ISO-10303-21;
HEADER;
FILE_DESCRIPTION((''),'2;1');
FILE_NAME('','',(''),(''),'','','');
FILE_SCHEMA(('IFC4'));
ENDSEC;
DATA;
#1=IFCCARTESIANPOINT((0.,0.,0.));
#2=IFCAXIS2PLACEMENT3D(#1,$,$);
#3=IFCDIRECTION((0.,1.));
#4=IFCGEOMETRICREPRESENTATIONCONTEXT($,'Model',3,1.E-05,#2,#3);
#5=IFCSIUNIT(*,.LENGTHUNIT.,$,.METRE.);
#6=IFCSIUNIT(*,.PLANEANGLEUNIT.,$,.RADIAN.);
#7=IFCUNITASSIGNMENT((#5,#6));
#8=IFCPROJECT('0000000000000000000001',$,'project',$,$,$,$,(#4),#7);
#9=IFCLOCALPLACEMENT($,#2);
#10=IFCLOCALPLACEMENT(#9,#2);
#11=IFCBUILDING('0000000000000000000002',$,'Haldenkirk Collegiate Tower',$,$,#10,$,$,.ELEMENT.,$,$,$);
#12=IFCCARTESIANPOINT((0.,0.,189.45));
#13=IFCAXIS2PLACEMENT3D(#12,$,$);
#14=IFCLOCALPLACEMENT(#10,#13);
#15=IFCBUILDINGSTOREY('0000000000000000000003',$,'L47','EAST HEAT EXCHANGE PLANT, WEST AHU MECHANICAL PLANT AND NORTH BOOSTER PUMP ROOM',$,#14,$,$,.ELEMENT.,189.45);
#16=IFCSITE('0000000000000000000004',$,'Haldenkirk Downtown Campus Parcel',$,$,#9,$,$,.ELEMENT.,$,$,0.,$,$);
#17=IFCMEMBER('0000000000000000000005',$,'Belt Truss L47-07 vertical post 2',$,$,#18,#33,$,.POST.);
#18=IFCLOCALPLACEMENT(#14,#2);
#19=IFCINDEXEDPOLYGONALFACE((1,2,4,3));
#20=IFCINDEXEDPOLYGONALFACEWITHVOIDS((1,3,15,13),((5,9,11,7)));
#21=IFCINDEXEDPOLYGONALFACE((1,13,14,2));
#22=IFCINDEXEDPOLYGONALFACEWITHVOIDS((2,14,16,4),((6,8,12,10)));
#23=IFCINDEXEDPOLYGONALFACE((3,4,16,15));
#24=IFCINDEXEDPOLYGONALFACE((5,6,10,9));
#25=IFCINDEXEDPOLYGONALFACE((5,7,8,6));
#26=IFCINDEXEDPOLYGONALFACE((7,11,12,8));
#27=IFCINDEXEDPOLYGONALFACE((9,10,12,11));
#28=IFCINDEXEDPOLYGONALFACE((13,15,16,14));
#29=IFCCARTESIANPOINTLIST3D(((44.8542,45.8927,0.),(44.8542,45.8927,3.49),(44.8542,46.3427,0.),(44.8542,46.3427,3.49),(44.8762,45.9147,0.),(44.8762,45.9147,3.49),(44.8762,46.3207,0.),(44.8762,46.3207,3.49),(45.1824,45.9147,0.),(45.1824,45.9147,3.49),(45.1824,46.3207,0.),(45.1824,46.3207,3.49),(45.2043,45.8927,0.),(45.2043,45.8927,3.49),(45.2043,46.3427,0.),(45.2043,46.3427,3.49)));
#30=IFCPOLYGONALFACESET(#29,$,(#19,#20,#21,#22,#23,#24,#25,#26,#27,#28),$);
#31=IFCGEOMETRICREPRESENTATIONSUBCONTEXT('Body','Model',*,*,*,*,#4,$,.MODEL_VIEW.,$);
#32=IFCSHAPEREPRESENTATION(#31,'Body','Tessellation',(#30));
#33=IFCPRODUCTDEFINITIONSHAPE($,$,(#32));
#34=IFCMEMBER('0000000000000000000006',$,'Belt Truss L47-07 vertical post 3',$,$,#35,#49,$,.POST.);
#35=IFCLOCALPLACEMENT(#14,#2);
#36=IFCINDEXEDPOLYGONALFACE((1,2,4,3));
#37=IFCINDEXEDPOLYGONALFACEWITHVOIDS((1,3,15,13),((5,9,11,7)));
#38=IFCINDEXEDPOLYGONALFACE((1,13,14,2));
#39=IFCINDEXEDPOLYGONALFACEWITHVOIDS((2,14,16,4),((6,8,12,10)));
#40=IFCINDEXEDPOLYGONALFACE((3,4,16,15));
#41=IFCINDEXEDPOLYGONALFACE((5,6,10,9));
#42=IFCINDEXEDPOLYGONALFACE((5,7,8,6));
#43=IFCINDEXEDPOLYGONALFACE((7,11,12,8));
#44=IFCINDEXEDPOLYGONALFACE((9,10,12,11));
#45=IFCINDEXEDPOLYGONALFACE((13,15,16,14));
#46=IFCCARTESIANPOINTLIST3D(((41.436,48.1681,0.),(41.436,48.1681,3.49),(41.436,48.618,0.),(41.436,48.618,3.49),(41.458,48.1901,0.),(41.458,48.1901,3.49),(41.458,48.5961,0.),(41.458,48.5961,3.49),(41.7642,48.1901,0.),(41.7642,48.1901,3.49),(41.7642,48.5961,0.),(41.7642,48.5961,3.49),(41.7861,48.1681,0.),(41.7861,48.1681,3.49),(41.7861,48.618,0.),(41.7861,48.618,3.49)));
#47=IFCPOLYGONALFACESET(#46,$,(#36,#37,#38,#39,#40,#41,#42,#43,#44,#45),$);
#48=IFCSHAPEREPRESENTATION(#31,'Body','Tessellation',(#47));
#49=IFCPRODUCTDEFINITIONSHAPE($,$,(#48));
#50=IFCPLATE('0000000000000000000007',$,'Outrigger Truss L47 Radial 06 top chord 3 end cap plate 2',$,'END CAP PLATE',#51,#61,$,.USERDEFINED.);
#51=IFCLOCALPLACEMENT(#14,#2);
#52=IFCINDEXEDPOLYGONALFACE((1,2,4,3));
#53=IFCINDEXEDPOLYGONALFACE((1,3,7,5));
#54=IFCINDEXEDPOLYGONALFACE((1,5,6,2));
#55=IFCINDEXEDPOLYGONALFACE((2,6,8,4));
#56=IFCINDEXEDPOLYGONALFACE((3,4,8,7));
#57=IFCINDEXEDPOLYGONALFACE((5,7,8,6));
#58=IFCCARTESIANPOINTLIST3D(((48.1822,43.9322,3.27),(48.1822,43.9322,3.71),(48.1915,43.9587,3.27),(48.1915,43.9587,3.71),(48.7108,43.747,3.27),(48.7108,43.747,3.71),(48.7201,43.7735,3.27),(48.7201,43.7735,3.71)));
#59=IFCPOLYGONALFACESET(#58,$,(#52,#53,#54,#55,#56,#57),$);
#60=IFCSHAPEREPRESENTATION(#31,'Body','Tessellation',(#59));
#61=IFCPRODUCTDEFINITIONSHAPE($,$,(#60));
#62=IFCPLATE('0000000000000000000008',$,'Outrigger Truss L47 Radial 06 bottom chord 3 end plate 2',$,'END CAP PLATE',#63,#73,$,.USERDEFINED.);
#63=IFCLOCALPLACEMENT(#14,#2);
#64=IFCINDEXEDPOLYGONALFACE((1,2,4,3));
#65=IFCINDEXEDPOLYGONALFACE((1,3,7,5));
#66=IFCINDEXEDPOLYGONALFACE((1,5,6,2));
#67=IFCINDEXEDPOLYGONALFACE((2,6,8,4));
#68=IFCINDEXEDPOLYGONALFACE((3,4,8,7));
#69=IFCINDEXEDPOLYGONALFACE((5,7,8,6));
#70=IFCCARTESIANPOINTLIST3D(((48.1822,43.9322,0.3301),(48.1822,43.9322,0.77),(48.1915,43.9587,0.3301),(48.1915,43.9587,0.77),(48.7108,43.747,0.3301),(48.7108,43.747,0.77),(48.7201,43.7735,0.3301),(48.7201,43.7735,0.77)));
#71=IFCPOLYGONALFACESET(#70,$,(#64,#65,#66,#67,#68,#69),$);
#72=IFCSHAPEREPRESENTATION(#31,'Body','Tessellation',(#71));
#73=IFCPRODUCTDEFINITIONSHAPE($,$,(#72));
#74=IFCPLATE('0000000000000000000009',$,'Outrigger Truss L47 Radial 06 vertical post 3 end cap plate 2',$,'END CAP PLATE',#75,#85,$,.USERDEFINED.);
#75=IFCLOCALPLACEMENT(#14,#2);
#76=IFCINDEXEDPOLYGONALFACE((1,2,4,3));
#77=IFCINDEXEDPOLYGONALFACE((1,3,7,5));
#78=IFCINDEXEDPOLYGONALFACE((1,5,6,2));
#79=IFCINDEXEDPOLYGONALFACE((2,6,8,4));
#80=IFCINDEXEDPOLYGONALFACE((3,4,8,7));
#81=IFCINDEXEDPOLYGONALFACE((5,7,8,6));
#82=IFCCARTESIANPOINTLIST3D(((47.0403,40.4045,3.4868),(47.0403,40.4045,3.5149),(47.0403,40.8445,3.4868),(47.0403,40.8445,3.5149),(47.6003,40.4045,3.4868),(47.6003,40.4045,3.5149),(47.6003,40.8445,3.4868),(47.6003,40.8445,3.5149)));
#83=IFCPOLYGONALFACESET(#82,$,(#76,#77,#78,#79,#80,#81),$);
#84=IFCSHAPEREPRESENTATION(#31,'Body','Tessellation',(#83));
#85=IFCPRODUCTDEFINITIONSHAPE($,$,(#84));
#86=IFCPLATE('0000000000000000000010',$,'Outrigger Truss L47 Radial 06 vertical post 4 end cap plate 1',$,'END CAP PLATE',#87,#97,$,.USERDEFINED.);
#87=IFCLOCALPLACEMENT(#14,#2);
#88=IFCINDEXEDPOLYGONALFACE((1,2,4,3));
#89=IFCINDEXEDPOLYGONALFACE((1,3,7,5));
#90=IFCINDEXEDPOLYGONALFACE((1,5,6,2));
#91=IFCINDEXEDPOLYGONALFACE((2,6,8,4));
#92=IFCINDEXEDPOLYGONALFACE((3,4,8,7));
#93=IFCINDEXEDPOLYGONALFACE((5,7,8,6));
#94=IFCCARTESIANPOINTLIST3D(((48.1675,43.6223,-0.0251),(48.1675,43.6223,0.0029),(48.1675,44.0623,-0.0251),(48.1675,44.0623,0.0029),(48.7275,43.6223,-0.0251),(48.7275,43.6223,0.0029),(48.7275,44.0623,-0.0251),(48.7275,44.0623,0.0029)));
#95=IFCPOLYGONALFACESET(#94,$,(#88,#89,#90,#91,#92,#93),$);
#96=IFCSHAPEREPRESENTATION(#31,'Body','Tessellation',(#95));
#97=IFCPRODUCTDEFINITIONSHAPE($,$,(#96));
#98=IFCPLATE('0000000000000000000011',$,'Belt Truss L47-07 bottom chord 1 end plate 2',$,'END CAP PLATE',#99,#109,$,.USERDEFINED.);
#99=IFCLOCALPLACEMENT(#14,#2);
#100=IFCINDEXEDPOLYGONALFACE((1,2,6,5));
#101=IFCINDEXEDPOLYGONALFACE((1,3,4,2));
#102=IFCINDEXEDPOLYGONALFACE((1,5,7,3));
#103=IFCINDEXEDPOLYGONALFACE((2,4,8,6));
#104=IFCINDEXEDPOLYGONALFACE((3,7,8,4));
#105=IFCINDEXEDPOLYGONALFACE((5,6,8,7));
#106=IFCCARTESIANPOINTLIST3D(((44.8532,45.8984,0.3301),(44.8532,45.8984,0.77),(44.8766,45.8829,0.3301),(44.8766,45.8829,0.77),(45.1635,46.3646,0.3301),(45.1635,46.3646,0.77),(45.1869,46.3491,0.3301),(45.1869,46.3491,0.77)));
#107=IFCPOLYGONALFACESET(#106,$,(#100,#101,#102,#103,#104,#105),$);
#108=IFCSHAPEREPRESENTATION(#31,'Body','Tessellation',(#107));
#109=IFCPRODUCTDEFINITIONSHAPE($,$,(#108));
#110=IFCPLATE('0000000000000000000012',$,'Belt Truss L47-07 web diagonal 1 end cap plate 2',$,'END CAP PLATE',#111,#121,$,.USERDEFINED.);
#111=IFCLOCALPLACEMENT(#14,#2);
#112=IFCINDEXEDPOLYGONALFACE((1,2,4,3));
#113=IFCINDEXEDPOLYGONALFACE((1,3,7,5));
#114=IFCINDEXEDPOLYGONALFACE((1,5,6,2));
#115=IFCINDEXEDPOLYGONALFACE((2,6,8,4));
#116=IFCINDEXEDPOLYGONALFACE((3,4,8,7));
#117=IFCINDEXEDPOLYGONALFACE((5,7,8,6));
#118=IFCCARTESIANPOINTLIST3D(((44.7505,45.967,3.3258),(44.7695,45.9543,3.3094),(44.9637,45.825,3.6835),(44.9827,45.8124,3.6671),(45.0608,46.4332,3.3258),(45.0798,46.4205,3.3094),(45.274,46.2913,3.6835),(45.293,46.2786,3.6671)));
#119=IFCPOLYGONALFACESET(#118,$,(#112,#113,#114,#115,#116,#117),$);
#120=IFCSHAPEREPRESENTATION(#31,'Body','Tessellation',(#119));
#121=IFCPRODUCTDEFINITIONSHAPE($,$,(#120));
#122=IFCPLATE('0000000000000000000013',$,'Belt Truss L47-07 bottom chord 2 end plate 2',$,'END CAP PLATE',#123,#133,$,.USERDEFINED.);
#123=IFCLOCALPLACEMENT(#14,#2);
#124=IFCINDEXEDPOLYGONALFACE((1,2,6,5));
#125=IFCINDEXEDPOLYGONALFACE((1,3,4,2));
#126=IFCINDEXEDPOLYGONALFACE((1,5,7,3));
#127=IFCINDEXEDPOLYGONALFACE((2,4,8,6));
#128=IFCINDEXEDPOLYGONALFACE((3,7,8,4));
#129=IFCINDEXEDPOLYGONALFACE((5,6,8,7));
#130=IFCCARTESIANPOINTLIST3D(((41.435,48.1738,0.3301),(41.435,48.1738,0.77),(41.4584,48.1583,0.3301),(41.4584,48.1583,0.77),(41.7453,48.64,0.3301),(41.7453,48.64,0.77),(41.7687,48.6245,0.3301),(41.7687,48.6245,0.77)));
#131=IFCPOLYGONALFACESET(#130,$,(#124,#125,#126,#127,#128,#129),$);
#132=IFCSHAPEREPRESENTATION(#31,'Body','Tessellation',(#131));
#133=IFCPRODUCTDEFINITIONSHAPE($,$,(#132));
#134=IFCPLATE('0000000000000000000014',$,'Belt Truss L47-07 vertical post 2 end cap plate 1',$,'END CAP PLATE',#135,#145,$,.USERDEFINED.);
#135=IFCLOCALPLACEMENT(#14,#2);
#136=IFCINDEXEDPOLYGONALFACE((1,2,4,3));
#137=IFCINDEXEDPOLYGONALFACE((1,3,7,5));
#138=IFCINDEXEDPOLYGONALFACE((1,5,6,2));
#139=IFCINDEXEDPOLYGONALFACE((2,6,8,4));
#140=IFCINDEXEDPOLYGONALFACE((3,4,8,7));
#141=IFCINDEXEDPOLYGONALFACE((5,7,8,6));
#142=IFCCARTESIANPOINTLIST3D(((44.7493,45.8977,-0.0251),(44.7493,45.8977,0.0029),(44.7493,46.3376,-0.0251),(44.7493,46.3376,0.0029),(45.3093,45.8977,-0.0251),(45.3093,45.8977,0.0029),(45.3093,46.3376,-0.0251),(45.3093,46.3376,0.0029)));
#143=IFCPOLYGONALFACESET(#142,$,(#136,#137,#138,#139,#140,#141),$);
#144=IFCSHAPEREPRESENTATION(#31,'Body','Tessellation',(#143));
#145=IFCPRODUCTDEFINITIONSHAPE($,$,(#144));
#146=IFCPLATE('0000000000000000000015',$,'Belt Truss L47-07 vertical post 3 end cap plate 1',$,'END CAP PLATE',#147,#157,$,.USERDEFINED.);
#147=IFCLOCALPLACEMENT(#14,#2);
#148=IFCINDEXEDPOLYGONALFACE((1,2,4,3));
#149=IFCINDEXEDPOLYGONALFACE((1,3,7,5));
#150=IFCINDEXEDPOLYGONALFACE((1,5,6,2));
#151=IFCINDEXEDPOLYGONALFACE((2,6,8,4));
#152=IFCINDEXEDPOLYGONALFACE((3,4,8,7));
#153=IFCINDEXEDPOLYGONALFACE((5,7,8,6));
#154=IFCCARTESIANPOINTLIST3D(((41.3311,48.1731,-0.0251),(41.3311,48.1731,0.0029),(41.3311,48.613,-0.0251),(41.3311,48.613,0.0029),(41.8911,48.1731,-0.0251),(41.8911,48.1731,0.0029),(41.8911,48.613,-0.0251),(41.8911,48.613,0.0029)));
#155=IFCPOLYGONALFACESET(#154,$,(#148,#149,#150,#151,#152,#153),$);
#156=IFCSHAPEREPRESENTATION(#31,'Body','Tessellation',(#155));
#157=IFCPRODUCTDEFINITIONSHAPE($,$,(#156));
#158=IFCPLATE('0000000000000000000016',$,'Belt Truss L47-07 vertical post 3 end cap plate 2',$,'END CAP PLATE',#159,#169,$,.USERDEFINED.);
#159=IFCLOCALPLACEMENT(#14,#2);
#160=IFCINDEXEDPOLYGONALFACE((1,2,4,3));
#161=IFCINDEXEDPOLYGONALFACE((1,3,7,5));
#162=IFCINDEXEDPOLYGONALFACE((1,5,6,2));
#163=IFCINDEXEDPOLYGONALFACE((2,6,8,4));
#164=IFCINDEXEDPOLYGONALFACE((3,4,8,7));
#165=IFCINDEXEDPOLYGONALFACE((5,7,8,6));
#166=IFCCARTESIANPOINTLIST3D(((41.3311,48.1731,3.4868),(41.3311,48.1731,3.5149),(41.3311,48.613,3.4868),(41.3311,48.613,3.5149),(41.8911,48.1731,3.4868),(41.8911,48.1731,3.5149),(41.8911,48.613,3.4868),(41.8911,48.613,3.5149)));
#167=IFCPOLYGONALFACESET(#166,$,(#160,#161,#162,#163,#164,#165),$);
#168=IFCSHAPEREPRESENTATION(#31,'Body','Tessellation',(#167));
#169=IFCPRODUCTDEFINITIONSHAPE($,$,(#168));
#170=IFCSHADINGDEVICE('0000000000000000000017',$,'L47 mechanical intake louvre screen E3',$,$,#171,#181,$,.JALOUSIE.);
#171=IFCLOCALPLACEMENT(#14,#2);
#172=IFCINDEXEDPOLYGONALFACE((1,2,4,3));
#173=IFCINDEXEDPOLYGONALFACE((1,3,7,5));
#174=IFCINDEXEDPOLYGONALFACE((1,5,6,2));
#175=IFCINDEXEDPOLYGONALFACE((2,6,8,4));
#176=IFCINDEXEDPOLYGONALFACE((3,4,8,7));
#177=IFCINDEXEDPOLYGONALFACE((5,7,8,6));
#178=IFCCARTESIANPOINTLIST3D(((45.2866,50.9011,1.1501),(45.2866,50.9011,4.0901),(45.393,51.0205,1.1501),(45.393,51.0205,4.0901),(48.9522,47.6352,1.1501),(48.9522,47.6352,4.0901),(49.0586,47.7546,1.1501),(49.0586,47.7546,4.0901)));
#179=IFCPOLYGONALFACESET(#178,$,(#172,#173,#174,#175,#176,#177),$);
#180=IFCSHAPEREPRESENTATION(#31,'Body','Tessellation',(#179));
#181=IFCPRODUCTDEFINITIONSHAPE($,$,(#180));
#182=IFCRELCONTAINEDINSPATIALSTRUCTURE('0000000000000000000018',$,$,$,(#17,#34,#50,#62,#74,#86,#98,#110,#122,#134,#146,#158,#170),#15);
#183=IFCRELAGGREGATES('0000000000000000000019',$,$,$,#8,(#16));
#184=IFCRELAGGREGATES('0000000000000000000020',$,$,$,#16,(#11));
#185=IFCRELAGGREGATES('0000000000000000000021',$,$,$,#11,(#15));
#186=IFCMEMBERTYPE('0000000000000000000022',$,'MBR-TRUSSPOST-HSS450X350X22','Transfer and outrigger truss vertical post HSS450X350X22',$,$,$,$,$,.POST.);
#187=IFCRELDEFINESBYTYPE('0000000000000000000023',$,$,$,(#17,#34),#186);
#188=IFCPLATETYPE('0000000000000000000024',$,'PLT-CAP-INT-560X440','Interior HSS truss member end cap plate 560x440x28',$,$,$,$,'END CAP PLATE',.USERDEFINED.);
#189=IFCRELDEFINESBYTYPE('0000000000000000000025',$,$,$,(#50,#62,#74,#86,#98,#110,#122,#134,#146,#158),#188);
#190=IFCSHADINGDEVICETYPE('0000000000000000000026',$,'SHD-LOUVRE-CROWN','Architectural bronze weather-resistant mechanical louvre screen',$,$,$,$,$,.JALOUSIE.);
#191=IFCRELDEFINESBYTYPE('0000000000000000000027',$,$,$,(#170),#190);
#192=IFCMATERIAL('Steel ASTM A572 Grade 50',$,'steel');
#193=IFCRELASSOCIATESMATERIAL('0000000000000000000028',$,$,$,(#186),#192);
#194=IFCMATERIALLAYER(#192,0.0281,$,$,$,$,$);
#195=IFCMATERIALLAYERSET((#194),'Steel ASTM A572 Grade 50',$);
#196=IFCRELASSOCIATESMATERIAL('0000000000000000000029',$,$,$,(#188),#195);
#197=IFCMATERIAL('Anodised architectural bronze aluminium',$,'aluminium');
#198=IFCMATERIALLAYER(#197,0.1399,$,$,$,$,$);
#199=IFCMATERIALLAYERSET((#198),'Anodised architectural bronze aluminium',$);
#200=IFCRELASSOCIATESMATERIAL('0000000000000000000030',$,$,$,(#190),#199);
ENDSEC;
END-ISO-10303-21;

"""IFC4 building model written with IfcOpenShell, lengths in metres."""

from ifc_helpers import new_model, si_unit, direction, frame, origin, origin_2d, place, context, subcontext, project, spatial, rectangle, hollow_rectangle, extrude, source, transform, mapped, material, layer, layer_set, material_profile, profile_set, type_object, element, save


model = new_model("IFC4")

# Units and contexts
model_context = context("Model", 3, precision=1e-05, world=origin(), true_north=direction((0.0, 1.0)))
body_context = subcontext(model_context, "Body", "Model", "MODEL_VIEW")
ifc_project = project(units=[si_unit("LENGTHUNIT", "METRE"), si_unit("PLANEANGLEUNIT", "RADIAN")], contexts=[model_context])

# Site, building, storey
site_placement = place(None, origin())
site = spatial("IfcSite", under=ifc_project, at=site_placement, Name="Haldenkirk Downtown Campus Parcel", CompositionType="ELEMENT", RefElevation=0.0)
building_placement = place(site_placement, origin())
building = spatial("IfcBuilding", under=site, at=building_placement, Name="Haldenkirk Collegiate Tower", CompositionType="ELEMENT")
storey_placement = place(building_placement, frame((0.0, 0.0, 189.45)))
storey = spatial("IfcBuildingStorey", under=building, at=storey_placement, Name="L47", Description="EAST HEAT EXCHANGE PLANT, WEST AHU MECHANICAL PLANT AND NORTH BOOSTER PUMP ROOM", CompositionType="ELEMENT", Elevation=189.45)

# Members
ifc_material_1 = material(Name="Steel ASTM A572 Grade 50", Category="steel")
ifc_material_profile_1 = material_profile(ifc_material_1, hollow_rectangle(XDim=0.3501, YDim=0.45, WallThickness=0.022, at=origin_2d()), Name="HSS450X350X22")
ifc_profile_set_1 = profile_set([ifc_material_profile_1], Name="Steel ASTM A572 Grade 50")
member_type_1 = type_object("IfcMemberType", Name="MBR-TRUSSPOST-HSS450X350X22", Description="Transfer and outrigger truss vertical post HSS450X350X22", PredefinedType="POST", material=ifc_profile_set_1)
for number, where, z_axis, x_axis, name in (
    (1, (45.0293, 46.1177, 0.0), (0.0, 0.0, 1.0), (1.0, 0.0, 0.0), "Belt Truss L47-07 vertical post 2"),
    (2, (41.6111, 48.3931, 0.0), (0.0, 0.0, 1.0), (1.0, 0.0, 0.0), "Belt Truss L47-07 vertical post 3"),
):
    element("IfcMember", number, at=place(storey_placement, frame(where, z_axis=z_axis, x_axis=x_axis)), inside=storey, type_object=member_type_1, Name=name, PredefinedType="POST", context=body_context, shape_type="SweptSolid", body=[
        extrude(hollow_rectangle(XDim=0.3501, YDim=0.45, WallThickness=0.022, at=origin_2d()), origin(), (0.0, 0.0, 1.0), 3.49),
    ])

# Plates
ifc_layer_1 = layer(ifc_material_1, 0.0281)
ifc_layer_set_1 = layer_set([ifc_layer_1], Name="Steel ASTM A572 Grade 50")
plate_type = type_object("IfcPlateType", Name="PLT-CAP-INT-560X440", Description="Interior HSS truss member end cap plate 560x440x28", ElementType="END CAP PLATE", PredefinedType="USERDEFINED", material=ifc_layer_set_1)
shared_shape_1 = source(origin(), body_context, "Body", "SweptSolid", [
    extrude(rectangle(XDim=0.5601, YDim=0.4399, at=origin_2d()), origin(), (0.0, 0.0, 1.0), 0.0281),
])
for number, where, z_axis, x_axis, name in (
    (3, (48.4465, 43.8396, 3.49), (0.330578, 0.943779, 0.0), (-0.943779, 0.330578, 0.0), "Outrigger Truss L47 Radial 06 top chord 3 end cap plate 2"),
    (4, (48.4465, 43.8396, 0.55), (0.330583, 0.943777, 0.0), (-0.943777, 0.330583, 0.0), "Outrigger Truss L47 Radial 06 bottom chord 3 end plate 2"),
    (5, (47.3203, 40.6245, 3.4868), (0.0, 0.0, 1.0), (1.0, 0.0, 0.0), "Outrigger Truss L47 Radial 06 vertical post 3 end cap plate 2"),
    (6, (48.4475, 43.8423, 0.0029), (0.0, 0.0, -1.0), (1.0, 0.0, 0.0), "Outrigger Truss L47 Radial 06 vertical post 4 end cap plate 1"),
    (7, (45.0317, 46.116, 0.55), (-0.832437, 0.554119, 0.0), (-0.554119, -0.832437, 0.0), "Belt Truss L47-07 bottom chord 1 end plate 2"),
    (8, (45.0312, 46.1165, 3.4883), (-0.676847, 0.450545, 0.58214), (-0.554116, -0.83244, 0.0), "Belt Truss L47-07 web diagonal 1 end cap plate 2"),
    (9, (41.6135, 48.3914, 0.55), (-0.832437, 0.554119, 0.0), (-0.554119, -0.832437, 0.0), "Belt Truss L47-07 bottom chord 2 end plate 2"),
    (10, (45.0293, 46.1177, 0.0029), (0.0, 0.0, -1.0), (1.0, 0.0, 0.0), "Belt Truss L47-07 vertical post 2 end cap plate 1"),
    (11, (41.6111, 48.3931, 0.0029), (0.0, 0.0, -1.0), (1.0, 0.0, 0.0), "Belt Truss L47-07 vertical post 3 end cap plate 1"),
    (12, (41.6111, 48.3931, 3.4868), (0.0, 0.0, 1.0), (1.0, 0.0, 0.0), "Belt Truss L47-07 vertical post 3 end cap plate 2"),
):
    element("IfcPlate", number, at=place(storey_placement, frame(where, z_axis=z_axis, x_axis=x_axis)), inside=storey, type_object=plate_type, Name=name, ObjectType="END CAP PLATE", PredefinedType="USERDEFINED", context=body_context, shape_type="MappedRepresentation", body=[
        mapped(shared_shape_1, transform((0.0, 0.0, 0.0), x_axis=(1.0, 0.0, 0.0), y_axis=(0.0, 1.0, 0.0), z_axis=(0.0, 0.0, 1.0), scale=1.0)),
    ])

# Shading device
ifc_material_2 = material(Name="Anodised architectural bronze aluminium", Category="aluminium")
ifc_layer_2 = layer(ifc_material_2, 0.1399)
ifc_layer_set_2 = layer_set([ifc_layer_2], Name="Anodised architectural bronze aluminium")
shading_device_type = type_object("IfcShadingDeviceType", Name="SHD-LOUVRE-CROWN", Description="Architectural bronze weather-resistant mechanical louvre screen", PredefinedType="JALOUSIE", material=ifc_layer_set_2)
shared_shape_2 = source(origin(), body_context, "Body", "SweptSolid", [
    extrude(rectangle(XDim=4.9094, YDim=0.1599, at=origin_2d()), origin(), (0.0, 0.0, 1.0), 2.9399),
])
shading_device_placement = place(storey_placement, frame((47.1726, 49.3279, 1.1501), z_axis=(0.0, 0.0, 1.0), x_axis=(0.746638, -0.66523, 0.0)))
element("IfcShadingDevice", 13, at=shading_device_placement, inside=storey, type_object=shading_device_type, Name="L47 mechanical intake louvre screen E3", PredefinedType="JALOUSIE", context=body_context, shape_type="MappedRepresentation", body=[
    mapped(shared_shape_2, transform((0.0, 0.0, 0.0), x_axis=(1.0, 0.0, 0.0), y_axis=(0.0, 1.0, 0.0), z_axis=(0.0, 0.0, 1.0), scale=1.0)),
])

save(model, "model.ifc")
